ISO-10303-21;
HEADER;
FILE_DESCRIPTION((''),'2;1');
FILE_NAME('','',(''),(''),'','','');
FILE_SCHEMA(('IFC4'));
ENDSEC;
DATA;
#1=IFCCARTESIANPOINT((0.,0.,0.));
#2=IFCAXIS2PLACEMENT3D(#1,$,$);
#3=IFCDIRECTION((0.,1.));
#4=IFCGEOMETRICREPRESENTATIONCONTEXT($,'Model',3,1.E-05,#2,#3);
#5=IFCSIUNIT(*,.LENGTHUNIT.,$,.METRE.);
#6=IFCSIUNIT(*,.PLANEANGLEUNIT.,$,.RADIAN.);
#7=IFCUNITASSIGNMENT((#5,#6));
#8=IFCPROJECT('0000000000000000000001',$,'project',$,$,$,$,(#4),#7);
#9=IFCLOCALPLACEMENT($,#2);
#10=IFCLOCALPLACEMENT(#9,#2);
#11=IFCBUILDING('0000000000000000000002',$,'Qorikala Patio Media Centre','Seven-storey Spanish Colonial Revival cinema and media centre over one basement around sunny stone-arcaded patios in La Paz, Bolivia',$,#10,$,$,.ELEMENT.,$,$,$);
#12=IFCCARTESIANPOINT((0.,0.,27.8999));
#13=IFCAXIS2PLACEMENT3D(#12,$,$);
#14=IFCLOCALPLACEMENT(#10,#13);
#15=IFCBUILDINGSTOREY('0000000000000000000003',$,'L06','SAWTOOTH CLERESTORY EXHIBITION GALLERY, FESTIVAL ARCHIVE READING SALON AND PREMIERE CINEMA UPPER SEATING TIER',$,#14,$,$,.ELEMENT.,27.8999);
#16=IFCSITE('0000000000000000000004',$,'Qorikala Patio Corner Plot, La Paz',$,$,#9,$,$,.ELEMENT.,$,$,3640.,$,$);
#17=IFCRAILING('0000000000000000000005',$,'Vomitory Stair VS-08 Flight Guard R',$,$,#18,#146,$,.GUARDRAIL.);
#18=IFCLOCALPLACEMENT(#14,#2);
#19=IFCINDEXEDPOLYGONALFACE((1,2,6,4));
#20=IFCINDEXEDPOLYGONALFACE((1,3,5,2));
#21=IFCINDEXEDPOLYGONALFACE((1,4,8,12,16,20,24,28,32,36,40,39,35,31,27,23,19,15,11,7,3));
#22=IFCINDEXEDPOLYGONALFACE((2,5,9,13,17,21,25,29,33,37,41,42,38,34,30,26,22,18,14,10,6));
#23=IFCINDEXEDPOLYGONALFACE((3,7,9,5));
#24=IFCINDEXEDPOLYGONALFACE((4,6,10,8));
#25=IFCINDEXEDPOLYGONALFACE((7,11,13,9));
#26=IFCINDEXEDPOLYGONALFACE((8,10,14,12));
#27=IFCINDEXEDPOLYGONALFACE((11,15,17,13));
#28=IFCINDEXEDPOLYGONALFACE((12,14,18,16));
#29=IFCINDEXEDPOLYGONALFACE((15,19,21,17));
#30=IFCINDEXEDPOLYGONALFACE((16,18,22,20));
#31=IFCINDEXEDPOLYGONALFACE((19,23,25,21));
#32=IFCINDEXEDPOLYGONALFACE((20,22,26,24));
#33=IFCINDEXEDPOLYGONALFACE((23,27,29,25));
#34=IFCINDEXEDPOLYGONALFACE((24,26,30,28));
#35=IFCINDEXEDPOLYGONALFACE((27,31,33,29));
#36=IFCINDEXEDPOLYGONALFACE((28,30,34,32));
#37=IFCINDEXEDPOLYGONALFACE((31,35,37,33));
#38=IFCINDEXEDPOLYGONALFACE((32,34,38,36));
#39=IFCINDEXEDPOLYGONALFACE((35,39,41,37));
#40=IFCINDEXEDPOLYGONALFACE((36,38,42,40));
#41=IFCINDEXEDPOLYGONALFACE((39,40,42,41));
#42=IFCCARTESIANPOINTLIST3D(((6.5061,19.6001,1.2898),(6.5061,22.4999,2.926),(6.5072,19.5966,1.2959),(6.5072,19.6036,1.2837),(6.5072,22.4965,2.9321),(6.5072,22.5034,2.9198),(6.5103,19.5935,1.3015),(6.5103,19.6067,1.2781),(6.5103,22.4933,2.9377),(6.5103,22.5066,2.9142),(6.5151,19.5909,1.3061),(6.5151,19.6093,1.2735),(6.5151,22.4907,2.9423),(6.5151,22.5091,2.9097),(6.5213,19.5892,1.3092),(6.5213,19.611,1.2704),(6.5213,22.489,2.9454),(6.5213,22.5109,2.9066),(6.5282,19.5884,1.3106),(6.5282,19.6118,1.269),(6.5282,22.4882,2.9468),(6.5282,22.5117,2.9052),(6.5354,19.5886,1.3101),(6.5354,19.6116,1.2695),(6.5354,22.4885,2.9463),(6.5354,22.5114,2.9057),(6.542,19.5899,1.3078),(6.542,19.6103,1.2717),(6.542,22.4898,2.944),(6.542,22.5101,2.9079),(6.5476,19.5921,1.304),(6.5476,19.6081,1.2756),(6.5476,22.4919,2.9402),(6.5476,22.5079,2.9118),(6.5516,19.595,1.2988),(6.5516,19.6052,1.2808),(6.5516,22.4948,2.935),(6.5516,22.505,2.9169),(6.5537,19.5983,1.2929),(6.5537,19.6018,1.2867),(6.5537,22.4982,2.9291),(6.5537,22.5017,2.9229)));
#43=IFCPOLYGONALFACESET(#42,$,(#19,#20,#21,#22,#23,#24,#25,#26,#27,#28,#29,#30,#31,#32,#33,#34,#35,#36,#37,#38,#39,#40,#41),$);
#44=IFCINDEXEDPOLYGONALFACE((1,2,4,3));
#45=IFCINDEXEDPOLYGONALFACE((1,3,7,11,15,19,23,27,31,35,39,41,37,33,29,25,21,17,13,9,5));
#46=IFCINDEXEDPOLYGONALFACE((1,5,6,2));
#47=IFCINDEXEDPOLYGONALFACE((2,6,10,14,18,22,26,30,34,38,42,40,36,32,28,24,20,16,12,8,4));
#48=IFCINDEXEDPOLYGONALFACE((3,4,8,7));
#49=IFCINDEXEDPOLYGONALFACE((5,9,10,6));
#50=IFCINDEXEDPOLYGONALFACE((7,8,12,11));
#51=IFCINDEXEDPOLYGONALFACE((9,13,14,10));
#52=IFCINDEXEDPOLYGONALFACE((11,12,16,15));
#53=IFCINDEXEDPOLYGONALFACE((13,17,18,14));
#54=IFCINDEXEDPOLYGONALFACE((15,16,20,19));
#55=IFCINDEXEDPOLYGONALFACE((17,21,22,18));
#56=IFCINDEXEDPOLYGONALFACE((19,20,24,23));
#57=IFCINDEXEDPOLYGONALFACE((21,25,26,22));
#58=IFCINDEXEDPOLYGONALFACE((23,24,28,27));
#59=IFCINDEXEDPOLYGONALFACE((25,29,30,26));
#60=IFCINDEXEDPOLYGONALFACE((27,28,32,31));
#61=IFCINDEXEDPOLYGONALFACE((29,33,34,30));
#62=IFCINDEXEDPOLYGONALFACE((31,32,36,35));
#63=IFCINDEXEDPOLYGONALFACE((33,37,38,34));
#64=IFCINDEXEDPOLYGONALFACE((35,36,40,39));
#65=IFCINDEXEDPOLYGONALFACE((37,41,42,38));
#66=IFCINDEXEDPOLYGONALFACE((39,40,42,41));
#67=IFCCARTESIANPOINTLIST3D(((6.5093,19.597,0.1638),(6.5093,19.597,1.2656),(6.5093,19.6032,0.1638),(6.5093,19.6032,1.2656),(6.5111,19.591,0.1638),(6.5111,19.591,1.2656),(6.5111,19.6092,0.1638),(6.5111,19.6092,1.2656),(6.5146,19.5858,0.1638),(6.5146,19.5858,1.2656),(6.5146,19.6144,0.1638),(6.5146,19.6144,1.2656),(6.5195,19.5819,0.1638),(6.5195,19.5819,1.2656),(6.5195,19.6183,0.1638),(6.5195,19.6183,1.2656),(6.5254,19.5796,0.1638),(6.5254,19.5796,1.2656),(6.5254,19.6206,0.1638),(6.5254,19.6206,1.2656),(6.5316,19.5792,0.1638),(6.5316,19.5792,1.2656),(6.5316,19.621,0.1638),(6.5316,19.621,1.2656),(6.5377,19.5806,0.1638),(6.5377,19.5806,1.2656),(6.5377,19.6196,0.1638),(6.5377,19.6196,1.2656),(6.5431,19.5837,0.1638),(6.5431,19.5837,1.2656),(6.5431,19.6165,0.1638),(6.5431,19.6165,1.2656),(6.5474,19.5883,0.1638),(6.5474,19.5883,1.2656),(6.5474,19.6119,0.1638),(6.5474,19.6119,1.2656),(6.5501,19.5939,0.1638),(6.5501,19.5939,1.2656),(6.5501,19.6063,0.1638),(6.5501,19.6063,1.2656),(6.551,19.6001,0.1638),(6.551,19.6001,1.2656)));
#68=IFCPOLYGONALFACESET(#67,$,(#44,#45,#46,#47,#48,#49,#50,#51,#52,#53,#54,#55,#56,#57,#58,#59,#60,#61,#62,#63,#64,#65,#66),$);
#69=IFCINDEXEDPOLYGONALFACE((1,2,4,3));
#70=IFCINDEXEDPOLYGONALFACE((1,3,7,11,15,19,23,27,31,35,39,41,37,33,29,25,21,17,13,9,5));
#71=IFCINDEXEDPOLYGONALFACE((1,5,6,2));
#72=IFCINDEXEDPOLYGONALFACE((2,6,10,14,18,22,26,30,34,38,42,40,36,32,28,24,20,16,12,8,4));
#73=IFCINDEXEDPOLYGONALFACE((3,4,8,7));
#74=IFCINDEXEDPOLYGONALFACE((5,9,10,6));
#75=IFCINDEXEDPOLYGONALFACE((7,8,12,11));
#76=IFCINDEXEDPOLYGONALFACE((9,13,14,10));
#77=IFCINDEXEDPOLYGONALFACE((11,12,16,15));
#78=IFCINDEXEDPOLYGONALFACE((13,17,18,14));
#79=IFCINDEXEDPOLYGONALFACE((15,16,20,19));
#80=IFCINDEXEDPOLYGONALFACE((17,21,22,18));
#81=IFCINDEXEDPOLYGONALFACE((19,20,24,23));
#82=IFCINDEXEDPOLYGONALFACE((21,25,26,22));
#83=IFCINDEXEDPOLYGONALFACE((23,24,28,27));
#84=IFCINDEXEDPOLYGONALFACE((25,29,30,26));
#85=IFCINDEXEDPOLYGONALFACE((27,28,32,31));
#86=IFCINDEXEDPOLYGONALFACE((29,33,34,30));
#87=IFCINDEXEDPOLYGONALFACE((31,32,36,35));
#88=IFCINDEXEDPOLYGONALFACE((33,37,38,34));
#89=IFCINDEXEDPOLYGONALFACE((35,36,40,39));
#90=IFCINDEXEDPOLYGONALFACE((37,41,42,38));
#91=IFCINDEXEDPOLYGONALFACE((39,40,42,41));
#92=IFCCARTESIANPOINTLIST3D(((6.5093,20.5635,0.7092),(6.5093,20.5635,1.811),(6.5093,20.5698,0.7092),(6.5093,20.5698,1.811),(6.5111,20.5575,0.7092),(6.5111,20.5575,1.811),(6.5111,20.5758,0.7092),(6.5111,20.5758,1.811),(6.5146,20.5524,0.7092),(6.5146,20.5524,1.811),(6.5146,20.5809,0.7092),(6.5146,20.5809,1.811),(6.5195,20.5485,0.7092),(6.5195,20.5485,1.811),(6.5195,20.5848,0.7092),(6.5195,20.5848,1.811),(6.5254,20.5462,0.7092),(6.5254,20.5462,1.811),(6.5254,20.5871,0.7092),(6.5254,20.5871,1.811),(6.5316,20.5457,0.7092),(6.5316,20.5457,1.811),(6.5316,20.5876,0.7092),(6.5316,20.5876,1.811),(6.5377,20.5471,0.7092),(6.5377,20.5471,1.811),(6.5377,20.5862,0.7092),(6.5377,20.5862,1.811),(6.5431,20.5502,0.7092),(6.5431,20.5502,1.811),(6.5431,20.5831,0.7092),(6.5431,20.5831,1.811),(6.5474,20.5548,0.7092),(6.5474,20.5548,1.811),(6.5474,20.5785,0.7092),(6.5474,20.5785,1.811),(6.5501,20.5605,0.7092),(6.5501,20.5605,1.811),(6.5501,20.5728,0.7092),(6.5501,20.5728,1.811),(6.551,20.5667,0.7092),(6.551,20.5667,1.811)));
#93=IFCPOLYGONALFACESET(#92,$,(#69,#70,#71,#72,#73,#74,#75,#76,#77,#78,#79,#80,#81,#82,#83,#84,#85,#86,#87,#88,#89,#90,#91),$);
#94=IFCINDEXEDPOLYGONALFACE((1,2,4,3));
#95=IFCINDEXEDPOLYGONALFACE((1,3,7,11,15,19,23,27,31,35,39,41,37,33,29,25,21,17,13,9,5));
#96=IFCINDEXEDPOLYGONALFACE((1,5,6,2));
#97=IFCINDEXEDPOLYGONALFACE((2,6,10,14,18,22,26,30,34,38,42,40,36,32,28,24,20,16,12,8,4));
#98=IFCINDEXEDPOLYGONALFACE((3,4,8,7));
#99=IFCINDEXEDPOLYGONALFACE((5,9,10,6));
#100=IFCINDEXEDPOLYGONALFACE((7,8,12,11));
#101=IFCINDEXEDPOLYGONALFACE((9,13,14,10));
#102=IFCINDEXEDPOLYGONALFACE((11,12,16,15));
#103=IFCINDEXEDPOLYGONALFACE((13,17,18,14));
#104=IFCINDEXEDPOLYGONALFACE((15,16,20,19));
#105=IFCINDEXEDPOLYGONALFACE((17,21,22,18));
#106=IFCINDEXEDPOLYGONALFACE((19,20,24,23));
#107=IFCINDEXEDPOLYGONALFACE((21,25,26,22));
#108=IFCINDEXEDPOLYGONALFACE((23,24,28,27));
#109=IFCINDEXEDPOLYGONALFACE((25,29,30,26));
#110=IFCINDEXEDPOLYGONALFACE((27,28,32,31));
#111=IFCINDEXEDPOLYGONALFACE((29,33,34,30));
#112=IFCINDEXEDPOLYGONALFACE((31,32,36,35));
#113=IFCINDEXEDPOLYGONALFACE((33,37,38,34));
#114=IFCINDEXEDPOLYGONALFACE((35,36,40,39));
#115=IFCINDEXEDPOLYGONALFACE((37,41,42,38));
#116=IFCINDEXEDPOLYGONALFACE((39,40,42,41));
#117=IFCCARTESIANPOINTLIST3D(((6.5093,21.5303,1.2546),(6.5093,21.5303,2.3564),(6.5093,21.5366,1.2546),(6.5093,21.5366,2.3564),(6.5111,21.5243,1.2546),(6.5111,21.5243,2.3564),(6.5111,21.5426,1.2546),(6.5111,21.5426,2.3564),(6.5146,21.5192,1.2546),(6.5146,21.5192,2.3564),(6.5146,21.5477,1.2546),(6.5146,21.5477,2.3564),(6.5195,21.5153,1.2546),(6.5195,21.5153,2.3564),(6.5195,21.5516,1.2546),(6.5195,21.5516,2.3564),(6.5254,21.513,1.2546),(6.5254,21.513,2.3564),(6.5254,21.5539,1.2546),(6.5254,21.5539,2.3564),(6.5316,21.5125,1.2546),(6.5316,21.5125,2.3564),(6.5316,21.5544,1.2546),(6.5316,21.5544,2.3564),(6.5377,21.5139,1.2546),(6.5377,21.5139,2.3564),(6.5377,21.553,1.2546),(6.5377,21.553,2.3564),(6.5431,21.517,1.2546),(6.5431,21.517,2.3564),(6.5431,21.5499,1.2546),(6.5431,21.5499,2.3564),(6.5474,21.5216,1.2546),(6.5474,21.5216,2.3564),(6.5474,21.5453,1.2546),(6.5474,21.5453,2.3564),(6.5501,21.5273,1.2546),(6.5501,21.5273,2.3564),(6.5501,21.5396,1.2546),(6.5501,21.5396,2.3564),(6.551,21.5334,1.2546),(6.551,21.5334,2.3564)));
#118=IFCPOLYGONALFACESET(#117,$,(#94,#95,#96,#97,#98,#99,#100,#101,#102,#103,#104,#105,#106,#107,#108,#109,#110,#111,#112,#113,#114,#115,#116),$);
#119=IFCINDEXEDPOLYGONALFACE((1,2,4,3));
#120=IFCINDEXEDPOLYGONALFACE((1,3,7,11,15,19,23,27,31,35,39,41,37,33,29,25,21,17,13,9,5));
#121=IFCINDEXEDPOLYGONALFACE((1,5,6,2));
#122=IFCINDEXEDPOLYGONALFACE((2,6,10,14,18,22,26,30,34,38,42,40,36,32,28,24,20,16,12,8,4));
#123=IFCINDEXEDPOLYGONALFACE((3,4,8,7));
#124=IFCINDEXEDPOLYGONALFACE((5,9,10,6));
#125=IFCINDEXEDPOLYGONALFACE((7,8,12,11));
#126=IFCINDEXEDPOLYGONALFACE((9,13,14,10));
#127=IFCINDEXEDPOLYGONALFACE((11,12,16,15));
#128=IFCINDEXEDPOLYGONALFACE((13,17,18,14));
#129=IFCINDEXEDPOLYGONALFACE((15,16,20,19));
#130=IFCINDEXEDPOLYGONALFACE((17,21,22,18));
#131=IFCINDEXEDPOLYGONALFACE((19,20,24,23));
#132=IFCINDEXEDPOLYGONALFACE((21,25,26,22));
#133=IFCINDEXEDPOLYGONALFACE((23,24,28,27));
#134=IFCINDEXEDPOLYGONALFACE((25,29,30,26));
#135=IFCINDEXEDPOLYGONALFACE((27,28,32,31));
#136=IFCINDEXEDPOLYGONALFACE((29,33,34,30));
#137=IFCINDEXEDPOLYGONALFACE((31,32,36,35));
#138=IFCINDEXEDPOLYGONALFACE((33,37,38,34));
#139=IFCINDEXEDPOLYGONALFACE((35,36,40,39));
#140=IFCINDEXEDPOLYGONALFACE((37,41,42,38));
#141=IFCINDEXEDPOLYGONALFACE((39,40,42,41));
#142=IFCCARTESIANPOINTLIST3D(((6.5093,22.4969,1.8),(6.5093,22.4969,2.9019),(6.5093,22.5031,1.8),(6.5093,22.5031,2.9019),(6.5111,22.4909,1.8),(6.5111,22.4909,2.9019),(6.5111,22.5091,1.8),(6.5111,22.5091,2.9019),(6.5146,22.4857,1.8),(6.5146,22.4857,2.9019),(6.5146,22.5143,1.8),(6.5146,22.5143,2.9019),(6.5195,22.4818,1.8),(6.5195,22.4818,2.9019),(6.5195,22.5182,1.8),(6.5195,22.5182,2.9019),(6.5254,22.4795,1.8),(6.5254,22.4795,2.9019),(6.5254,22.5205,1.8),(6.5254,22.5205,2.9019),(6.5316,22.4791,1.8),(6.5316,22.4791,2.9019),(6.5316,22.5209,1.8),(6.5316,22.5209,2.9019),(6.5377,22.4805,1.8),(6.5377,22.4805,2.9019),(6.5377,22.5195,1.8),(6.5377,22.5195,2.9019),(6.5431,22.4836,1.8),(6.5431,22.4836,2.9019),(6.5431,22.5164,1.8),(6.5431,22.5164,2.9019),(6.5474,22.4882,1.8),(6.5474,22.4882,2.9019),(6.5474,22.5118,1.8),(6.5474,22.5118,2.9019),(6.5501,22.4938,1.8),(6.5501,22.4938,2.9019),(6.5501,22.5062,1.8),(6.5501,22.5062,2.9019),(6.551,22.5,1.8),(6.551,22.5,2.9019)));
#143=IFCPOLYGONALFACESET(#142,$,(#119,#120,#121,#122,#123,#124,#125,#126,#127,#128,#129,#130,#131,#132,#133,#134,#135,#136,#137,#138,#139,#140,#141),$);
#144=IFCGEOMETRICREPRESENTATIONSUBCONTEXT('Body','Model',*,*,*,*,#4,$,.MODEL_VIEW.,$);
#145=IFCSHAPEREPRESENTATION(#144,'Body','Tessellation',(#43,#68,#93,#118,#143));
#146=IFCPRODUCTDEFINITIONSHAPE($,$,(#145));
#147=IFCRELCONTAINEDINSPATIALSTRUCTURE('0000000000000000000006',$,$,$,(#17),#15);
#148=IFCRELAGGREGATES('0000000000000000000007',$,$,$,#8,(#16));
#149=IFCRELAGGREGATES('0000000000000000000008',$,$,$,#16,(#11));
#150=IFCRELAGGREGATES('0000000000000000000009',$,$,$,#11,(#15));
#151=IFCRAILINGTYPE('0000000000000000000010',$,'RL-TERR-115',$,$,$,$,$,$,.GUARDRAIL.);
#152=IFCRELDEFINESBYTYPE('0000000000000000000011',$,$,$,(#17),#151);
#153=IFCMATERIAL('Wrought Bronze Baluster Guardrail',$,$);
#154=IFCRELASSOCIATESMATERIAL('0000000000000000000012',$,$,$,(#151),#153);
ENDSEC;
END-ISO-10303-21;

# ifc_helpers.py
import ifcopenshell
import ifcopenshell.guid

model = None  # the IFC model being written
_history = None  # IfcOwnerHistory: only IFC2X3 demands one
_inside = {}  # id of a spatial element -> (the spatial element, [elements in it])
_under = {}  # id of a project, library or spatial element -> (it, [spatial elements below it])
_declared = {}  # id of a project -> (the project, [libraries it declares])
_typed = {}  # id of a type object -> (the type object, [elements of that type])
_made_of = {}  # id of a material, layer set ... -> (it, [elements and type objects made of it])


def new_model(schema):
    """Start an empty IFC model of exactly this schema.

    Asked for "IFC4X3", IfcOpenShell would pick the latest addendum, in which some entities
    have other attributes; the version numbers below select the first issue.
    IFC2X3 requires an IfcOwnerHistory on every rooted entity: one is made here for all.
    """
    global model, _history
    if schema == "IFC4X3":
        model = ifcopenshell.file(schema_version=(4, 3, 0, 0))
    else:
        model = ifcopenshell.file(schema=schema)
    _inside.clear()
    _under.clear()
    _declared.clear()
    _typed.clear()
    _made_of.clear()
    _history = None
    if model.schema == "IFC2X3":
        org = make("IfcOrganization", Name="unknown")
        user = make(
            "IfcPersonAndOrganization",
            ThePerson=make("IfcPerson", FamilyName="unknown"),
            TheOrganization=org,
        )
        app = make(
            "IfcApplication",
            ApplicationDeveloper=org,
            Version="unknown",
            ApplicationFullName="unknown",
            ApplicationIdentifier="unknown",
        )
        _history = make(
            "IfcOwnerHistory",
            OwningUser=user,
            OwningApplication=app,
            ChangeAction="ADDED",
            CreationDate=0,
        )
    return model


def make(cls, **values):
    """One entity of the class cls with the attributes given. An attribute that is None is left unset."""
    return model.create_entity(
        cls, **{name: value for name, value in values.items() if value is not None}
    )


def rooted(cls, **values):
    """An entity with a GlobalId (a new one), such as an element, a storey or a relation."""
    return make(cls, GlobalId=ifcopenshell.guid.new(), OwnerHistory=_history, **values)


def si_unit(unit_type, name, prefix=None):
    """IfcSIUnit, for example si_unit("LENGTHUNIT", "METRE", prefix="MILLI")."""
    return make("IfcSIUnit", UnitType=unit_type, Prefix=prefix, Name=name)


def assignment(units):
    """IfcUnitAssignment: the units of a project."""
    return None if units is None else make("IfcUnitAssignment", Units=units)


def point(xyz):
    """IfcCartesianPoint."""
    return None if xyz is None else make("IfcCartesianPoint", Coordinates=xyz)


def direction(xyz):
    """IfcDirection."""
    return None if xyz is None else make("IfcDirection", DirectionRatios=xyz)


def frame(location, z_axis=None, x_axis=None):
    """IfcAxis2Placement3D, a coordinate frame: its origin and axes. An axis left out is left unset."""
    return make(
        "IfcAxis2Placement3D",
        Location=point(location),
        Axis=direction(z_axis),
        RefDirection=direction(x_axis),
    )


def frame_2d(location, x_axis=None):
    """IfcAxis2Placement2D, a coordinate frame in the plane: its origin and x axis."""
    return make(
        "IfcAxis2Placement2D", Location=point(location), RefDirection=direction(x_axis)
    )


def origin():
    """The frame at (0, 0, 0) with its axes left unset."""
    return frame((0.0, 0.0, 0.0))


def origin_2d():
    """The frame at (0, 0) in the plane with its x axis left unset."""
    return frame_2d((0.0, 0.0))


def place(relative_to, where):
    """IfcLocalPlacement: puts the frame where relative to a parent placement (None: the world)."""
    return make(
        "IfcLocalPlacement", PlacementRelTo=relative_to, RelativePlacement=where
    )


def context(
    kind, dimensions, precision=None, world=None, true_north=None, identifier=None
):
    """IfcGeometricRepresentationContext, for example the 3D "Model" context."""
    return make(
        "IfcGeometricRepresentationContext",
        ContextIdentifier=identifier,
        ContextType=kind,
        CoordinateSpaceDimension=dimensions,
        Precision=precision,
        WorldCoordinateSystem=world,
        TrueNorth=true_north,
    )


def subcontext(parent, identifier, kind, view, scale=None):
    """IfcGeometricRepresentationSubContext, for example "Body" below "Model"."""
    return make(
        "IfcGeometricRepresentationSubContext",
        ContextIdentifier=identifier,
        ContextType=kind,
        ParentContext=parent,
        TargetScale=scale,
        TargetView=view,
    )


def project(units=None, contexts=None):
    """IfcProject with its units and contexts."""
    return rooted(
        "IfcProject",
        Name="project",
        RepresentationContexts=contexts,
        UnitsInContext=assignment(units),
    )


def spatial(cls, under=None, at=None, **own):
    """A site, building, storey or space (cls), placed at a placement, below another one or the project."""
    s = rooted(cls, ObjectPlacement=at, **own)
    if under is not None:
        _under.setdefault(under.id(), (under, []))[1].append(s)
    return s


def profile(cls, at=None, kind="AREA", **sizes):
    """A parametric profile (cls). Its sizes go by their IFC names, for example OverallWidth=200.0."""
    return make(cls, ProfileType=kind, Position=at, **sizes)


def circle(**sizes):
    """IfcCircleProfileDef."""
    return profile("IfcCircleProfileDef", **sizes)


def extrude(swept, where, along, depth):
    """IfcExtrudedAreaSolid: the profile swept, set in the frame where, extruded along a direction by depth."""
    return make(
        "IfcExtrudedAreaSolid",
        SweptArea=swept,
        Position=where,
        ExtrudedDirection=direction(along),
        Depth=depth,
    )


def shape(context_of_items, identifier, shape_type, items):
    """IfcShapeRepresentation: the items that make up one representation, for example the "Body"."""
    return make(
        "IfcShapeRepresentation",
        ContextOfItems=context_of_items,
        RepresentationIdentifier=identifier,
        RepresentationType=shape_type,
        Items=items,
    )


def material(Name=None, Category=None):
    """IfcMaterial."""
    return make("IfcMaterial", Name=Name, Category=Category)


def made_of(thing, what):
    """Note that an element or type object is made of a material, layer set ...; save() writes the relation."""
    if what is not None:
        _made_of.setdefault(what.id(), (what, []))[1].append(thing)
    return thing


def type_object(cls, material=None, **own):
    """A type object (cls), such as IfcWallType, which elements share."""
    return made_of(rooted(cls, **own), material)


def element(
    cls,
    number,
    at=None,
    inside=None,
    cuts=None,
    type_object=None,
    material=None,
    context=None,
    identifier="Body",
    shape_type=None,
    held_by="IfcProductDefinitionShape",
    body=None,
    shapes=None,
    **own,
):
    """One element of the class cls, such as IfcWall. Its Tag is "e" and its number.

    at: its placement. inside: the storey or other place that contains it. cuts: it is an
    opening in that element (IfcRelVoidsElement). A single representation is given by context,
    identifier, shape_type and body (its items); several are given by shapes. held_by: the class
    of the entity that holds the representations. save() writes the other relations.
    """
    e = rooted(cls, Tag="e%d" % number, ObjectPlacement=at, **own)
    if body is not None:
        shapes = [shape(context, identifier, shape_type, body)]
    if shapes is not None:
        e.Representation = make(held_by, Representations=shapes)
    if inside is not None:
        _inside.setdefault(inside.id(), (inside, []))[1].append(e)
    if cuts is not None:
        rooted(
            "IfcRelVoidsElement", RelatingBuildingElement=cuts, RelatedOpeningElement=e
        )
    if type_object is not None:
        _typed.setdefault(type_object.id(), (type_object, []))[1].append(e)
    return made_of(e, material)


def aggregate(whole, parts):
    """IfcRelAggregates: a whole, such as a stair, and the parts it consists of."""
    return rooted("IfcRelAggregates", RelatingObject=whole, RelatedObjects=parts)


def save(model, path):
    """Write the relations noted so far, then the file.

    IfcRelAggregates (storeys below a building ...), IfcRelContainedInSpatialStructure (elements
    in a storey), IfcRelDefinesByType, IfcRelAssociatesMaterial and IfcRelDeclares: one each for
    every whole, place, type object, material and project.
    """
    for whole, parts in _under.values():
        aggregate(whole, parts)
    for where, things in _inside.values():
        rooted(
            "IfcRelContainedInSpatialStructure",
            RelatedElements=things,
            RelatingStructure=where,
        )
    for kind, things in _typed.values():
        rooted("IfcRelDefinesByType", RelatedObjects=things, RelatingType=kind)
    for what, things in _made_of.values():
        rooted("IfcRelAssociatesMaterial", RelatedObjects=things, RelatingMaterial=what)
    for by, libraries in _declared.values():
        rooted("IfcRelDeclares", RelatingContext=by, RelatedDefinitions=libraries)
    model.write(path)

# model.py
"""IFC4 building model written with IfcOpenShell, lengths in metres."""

from ifc_helpers import new_model, si_unit, direction, frame, origin, origin_2d, place, context, subcontext, project, spatial, circle, extrude, material, type_object, element, save


model = new_model("IFC4")

# Units and contexts
model_context = context("Model", 3, precision=1e-05, world=origin(), true_north=direction((0.0, 1.0)))
body_context = subcontext(model_context, "Body", "Model", "MODEL_VIEW")
ifc_project = project(units=[si_unit("LENGTHUNIT", "METRE"), si_unit("PLANEANGLEUNIT", "RADIAN")], contexts=[model_context])

# Site, building, storey
site_placement = place(None, origin())
site = spatial("IfcSite", under=ifc_project, at=site_placement, Name="Qorikala Patio Corner Plot, La Paz", CompositionType="ELEMENT", RefElevation=3640.0)
building_placement = place(site_placement, origin())
building = spatial("IfcBuilding", under=site, at=building_placement, Name="Qorikala Patio Media Centre", Description="Seven-storey Spanish Colonial Revival cinema and media centre over one basement around sunny stone-arcaded patios in La Paz, Bolivia", CompositionType="ELEMENT")
storey_placement = place(building_placement, frame((0.0, 0.0, 27.8999)))
storey = spatial("IfcBuildingStorey", under=building, at=storey_placement, Name="L06", Description="SAWTOOTH CLERESTORY EXHIBITION GALLERY, FESTIVAL ARCHIVE READING SALON AND PREMIERE CINEMA UPPER SEATING TIER", CompositionType="ELEMENT", Elevation=27.8999)

# Railing
ifc_material_1 = material(Name="Wrought Bronze Baluster Guardrail")
railing_type = type_object("IfcRailingType", Name="RL-TERR-115", PredefinedType="GUARDRAIL", material=ifc_material_1)
for number, where, name in (
    (1, (6.53, 19.6001, 0.1638), "Vomitory Stair VS-08 Flight Guard R"),
):
    element("IfcRailing", number, at=place(storey_placement, frame(where)), inside=storey, type_object=railing_type, Name=name, PredefinedType="GUARDRAIL", context=body_context, shape_type="SweptSolid", body=[
        extrude(circle(Radius=0.0239, at=origin_2d()), frame((0.0, 0.0, 1.126), z_axis=(0.0, 0.870929, 0.49141), x_axis=(-1.0, 0.0, 0.0)), (0.0, 0.0, 1.0), 3.3296),
        extrude(circle(Radius=0.021, at=origin_2d()), origin(), (0.0, 0.0, 1.0), 1.1018),
        extrude(circle(Radius=0.021, at=origin_2d()), frame((0.0, 0.9666, 0.5454)), (0.0, 0.0, 1.0), 1.1018),
        extrude(circle(Radius=0.021, at=origin_2d()), frame((0.0, 1.9333, 1.0908)), (0.0, 0.0, 1.0), 1.1018),
        extrude(circle(Radius=0.021, at=origin_2d()), frame((0.0, 2.8999, 1.6362)), (0.0, 0.0, 1.0), 1.1018),
    ])

save(model, "model.ifc")
